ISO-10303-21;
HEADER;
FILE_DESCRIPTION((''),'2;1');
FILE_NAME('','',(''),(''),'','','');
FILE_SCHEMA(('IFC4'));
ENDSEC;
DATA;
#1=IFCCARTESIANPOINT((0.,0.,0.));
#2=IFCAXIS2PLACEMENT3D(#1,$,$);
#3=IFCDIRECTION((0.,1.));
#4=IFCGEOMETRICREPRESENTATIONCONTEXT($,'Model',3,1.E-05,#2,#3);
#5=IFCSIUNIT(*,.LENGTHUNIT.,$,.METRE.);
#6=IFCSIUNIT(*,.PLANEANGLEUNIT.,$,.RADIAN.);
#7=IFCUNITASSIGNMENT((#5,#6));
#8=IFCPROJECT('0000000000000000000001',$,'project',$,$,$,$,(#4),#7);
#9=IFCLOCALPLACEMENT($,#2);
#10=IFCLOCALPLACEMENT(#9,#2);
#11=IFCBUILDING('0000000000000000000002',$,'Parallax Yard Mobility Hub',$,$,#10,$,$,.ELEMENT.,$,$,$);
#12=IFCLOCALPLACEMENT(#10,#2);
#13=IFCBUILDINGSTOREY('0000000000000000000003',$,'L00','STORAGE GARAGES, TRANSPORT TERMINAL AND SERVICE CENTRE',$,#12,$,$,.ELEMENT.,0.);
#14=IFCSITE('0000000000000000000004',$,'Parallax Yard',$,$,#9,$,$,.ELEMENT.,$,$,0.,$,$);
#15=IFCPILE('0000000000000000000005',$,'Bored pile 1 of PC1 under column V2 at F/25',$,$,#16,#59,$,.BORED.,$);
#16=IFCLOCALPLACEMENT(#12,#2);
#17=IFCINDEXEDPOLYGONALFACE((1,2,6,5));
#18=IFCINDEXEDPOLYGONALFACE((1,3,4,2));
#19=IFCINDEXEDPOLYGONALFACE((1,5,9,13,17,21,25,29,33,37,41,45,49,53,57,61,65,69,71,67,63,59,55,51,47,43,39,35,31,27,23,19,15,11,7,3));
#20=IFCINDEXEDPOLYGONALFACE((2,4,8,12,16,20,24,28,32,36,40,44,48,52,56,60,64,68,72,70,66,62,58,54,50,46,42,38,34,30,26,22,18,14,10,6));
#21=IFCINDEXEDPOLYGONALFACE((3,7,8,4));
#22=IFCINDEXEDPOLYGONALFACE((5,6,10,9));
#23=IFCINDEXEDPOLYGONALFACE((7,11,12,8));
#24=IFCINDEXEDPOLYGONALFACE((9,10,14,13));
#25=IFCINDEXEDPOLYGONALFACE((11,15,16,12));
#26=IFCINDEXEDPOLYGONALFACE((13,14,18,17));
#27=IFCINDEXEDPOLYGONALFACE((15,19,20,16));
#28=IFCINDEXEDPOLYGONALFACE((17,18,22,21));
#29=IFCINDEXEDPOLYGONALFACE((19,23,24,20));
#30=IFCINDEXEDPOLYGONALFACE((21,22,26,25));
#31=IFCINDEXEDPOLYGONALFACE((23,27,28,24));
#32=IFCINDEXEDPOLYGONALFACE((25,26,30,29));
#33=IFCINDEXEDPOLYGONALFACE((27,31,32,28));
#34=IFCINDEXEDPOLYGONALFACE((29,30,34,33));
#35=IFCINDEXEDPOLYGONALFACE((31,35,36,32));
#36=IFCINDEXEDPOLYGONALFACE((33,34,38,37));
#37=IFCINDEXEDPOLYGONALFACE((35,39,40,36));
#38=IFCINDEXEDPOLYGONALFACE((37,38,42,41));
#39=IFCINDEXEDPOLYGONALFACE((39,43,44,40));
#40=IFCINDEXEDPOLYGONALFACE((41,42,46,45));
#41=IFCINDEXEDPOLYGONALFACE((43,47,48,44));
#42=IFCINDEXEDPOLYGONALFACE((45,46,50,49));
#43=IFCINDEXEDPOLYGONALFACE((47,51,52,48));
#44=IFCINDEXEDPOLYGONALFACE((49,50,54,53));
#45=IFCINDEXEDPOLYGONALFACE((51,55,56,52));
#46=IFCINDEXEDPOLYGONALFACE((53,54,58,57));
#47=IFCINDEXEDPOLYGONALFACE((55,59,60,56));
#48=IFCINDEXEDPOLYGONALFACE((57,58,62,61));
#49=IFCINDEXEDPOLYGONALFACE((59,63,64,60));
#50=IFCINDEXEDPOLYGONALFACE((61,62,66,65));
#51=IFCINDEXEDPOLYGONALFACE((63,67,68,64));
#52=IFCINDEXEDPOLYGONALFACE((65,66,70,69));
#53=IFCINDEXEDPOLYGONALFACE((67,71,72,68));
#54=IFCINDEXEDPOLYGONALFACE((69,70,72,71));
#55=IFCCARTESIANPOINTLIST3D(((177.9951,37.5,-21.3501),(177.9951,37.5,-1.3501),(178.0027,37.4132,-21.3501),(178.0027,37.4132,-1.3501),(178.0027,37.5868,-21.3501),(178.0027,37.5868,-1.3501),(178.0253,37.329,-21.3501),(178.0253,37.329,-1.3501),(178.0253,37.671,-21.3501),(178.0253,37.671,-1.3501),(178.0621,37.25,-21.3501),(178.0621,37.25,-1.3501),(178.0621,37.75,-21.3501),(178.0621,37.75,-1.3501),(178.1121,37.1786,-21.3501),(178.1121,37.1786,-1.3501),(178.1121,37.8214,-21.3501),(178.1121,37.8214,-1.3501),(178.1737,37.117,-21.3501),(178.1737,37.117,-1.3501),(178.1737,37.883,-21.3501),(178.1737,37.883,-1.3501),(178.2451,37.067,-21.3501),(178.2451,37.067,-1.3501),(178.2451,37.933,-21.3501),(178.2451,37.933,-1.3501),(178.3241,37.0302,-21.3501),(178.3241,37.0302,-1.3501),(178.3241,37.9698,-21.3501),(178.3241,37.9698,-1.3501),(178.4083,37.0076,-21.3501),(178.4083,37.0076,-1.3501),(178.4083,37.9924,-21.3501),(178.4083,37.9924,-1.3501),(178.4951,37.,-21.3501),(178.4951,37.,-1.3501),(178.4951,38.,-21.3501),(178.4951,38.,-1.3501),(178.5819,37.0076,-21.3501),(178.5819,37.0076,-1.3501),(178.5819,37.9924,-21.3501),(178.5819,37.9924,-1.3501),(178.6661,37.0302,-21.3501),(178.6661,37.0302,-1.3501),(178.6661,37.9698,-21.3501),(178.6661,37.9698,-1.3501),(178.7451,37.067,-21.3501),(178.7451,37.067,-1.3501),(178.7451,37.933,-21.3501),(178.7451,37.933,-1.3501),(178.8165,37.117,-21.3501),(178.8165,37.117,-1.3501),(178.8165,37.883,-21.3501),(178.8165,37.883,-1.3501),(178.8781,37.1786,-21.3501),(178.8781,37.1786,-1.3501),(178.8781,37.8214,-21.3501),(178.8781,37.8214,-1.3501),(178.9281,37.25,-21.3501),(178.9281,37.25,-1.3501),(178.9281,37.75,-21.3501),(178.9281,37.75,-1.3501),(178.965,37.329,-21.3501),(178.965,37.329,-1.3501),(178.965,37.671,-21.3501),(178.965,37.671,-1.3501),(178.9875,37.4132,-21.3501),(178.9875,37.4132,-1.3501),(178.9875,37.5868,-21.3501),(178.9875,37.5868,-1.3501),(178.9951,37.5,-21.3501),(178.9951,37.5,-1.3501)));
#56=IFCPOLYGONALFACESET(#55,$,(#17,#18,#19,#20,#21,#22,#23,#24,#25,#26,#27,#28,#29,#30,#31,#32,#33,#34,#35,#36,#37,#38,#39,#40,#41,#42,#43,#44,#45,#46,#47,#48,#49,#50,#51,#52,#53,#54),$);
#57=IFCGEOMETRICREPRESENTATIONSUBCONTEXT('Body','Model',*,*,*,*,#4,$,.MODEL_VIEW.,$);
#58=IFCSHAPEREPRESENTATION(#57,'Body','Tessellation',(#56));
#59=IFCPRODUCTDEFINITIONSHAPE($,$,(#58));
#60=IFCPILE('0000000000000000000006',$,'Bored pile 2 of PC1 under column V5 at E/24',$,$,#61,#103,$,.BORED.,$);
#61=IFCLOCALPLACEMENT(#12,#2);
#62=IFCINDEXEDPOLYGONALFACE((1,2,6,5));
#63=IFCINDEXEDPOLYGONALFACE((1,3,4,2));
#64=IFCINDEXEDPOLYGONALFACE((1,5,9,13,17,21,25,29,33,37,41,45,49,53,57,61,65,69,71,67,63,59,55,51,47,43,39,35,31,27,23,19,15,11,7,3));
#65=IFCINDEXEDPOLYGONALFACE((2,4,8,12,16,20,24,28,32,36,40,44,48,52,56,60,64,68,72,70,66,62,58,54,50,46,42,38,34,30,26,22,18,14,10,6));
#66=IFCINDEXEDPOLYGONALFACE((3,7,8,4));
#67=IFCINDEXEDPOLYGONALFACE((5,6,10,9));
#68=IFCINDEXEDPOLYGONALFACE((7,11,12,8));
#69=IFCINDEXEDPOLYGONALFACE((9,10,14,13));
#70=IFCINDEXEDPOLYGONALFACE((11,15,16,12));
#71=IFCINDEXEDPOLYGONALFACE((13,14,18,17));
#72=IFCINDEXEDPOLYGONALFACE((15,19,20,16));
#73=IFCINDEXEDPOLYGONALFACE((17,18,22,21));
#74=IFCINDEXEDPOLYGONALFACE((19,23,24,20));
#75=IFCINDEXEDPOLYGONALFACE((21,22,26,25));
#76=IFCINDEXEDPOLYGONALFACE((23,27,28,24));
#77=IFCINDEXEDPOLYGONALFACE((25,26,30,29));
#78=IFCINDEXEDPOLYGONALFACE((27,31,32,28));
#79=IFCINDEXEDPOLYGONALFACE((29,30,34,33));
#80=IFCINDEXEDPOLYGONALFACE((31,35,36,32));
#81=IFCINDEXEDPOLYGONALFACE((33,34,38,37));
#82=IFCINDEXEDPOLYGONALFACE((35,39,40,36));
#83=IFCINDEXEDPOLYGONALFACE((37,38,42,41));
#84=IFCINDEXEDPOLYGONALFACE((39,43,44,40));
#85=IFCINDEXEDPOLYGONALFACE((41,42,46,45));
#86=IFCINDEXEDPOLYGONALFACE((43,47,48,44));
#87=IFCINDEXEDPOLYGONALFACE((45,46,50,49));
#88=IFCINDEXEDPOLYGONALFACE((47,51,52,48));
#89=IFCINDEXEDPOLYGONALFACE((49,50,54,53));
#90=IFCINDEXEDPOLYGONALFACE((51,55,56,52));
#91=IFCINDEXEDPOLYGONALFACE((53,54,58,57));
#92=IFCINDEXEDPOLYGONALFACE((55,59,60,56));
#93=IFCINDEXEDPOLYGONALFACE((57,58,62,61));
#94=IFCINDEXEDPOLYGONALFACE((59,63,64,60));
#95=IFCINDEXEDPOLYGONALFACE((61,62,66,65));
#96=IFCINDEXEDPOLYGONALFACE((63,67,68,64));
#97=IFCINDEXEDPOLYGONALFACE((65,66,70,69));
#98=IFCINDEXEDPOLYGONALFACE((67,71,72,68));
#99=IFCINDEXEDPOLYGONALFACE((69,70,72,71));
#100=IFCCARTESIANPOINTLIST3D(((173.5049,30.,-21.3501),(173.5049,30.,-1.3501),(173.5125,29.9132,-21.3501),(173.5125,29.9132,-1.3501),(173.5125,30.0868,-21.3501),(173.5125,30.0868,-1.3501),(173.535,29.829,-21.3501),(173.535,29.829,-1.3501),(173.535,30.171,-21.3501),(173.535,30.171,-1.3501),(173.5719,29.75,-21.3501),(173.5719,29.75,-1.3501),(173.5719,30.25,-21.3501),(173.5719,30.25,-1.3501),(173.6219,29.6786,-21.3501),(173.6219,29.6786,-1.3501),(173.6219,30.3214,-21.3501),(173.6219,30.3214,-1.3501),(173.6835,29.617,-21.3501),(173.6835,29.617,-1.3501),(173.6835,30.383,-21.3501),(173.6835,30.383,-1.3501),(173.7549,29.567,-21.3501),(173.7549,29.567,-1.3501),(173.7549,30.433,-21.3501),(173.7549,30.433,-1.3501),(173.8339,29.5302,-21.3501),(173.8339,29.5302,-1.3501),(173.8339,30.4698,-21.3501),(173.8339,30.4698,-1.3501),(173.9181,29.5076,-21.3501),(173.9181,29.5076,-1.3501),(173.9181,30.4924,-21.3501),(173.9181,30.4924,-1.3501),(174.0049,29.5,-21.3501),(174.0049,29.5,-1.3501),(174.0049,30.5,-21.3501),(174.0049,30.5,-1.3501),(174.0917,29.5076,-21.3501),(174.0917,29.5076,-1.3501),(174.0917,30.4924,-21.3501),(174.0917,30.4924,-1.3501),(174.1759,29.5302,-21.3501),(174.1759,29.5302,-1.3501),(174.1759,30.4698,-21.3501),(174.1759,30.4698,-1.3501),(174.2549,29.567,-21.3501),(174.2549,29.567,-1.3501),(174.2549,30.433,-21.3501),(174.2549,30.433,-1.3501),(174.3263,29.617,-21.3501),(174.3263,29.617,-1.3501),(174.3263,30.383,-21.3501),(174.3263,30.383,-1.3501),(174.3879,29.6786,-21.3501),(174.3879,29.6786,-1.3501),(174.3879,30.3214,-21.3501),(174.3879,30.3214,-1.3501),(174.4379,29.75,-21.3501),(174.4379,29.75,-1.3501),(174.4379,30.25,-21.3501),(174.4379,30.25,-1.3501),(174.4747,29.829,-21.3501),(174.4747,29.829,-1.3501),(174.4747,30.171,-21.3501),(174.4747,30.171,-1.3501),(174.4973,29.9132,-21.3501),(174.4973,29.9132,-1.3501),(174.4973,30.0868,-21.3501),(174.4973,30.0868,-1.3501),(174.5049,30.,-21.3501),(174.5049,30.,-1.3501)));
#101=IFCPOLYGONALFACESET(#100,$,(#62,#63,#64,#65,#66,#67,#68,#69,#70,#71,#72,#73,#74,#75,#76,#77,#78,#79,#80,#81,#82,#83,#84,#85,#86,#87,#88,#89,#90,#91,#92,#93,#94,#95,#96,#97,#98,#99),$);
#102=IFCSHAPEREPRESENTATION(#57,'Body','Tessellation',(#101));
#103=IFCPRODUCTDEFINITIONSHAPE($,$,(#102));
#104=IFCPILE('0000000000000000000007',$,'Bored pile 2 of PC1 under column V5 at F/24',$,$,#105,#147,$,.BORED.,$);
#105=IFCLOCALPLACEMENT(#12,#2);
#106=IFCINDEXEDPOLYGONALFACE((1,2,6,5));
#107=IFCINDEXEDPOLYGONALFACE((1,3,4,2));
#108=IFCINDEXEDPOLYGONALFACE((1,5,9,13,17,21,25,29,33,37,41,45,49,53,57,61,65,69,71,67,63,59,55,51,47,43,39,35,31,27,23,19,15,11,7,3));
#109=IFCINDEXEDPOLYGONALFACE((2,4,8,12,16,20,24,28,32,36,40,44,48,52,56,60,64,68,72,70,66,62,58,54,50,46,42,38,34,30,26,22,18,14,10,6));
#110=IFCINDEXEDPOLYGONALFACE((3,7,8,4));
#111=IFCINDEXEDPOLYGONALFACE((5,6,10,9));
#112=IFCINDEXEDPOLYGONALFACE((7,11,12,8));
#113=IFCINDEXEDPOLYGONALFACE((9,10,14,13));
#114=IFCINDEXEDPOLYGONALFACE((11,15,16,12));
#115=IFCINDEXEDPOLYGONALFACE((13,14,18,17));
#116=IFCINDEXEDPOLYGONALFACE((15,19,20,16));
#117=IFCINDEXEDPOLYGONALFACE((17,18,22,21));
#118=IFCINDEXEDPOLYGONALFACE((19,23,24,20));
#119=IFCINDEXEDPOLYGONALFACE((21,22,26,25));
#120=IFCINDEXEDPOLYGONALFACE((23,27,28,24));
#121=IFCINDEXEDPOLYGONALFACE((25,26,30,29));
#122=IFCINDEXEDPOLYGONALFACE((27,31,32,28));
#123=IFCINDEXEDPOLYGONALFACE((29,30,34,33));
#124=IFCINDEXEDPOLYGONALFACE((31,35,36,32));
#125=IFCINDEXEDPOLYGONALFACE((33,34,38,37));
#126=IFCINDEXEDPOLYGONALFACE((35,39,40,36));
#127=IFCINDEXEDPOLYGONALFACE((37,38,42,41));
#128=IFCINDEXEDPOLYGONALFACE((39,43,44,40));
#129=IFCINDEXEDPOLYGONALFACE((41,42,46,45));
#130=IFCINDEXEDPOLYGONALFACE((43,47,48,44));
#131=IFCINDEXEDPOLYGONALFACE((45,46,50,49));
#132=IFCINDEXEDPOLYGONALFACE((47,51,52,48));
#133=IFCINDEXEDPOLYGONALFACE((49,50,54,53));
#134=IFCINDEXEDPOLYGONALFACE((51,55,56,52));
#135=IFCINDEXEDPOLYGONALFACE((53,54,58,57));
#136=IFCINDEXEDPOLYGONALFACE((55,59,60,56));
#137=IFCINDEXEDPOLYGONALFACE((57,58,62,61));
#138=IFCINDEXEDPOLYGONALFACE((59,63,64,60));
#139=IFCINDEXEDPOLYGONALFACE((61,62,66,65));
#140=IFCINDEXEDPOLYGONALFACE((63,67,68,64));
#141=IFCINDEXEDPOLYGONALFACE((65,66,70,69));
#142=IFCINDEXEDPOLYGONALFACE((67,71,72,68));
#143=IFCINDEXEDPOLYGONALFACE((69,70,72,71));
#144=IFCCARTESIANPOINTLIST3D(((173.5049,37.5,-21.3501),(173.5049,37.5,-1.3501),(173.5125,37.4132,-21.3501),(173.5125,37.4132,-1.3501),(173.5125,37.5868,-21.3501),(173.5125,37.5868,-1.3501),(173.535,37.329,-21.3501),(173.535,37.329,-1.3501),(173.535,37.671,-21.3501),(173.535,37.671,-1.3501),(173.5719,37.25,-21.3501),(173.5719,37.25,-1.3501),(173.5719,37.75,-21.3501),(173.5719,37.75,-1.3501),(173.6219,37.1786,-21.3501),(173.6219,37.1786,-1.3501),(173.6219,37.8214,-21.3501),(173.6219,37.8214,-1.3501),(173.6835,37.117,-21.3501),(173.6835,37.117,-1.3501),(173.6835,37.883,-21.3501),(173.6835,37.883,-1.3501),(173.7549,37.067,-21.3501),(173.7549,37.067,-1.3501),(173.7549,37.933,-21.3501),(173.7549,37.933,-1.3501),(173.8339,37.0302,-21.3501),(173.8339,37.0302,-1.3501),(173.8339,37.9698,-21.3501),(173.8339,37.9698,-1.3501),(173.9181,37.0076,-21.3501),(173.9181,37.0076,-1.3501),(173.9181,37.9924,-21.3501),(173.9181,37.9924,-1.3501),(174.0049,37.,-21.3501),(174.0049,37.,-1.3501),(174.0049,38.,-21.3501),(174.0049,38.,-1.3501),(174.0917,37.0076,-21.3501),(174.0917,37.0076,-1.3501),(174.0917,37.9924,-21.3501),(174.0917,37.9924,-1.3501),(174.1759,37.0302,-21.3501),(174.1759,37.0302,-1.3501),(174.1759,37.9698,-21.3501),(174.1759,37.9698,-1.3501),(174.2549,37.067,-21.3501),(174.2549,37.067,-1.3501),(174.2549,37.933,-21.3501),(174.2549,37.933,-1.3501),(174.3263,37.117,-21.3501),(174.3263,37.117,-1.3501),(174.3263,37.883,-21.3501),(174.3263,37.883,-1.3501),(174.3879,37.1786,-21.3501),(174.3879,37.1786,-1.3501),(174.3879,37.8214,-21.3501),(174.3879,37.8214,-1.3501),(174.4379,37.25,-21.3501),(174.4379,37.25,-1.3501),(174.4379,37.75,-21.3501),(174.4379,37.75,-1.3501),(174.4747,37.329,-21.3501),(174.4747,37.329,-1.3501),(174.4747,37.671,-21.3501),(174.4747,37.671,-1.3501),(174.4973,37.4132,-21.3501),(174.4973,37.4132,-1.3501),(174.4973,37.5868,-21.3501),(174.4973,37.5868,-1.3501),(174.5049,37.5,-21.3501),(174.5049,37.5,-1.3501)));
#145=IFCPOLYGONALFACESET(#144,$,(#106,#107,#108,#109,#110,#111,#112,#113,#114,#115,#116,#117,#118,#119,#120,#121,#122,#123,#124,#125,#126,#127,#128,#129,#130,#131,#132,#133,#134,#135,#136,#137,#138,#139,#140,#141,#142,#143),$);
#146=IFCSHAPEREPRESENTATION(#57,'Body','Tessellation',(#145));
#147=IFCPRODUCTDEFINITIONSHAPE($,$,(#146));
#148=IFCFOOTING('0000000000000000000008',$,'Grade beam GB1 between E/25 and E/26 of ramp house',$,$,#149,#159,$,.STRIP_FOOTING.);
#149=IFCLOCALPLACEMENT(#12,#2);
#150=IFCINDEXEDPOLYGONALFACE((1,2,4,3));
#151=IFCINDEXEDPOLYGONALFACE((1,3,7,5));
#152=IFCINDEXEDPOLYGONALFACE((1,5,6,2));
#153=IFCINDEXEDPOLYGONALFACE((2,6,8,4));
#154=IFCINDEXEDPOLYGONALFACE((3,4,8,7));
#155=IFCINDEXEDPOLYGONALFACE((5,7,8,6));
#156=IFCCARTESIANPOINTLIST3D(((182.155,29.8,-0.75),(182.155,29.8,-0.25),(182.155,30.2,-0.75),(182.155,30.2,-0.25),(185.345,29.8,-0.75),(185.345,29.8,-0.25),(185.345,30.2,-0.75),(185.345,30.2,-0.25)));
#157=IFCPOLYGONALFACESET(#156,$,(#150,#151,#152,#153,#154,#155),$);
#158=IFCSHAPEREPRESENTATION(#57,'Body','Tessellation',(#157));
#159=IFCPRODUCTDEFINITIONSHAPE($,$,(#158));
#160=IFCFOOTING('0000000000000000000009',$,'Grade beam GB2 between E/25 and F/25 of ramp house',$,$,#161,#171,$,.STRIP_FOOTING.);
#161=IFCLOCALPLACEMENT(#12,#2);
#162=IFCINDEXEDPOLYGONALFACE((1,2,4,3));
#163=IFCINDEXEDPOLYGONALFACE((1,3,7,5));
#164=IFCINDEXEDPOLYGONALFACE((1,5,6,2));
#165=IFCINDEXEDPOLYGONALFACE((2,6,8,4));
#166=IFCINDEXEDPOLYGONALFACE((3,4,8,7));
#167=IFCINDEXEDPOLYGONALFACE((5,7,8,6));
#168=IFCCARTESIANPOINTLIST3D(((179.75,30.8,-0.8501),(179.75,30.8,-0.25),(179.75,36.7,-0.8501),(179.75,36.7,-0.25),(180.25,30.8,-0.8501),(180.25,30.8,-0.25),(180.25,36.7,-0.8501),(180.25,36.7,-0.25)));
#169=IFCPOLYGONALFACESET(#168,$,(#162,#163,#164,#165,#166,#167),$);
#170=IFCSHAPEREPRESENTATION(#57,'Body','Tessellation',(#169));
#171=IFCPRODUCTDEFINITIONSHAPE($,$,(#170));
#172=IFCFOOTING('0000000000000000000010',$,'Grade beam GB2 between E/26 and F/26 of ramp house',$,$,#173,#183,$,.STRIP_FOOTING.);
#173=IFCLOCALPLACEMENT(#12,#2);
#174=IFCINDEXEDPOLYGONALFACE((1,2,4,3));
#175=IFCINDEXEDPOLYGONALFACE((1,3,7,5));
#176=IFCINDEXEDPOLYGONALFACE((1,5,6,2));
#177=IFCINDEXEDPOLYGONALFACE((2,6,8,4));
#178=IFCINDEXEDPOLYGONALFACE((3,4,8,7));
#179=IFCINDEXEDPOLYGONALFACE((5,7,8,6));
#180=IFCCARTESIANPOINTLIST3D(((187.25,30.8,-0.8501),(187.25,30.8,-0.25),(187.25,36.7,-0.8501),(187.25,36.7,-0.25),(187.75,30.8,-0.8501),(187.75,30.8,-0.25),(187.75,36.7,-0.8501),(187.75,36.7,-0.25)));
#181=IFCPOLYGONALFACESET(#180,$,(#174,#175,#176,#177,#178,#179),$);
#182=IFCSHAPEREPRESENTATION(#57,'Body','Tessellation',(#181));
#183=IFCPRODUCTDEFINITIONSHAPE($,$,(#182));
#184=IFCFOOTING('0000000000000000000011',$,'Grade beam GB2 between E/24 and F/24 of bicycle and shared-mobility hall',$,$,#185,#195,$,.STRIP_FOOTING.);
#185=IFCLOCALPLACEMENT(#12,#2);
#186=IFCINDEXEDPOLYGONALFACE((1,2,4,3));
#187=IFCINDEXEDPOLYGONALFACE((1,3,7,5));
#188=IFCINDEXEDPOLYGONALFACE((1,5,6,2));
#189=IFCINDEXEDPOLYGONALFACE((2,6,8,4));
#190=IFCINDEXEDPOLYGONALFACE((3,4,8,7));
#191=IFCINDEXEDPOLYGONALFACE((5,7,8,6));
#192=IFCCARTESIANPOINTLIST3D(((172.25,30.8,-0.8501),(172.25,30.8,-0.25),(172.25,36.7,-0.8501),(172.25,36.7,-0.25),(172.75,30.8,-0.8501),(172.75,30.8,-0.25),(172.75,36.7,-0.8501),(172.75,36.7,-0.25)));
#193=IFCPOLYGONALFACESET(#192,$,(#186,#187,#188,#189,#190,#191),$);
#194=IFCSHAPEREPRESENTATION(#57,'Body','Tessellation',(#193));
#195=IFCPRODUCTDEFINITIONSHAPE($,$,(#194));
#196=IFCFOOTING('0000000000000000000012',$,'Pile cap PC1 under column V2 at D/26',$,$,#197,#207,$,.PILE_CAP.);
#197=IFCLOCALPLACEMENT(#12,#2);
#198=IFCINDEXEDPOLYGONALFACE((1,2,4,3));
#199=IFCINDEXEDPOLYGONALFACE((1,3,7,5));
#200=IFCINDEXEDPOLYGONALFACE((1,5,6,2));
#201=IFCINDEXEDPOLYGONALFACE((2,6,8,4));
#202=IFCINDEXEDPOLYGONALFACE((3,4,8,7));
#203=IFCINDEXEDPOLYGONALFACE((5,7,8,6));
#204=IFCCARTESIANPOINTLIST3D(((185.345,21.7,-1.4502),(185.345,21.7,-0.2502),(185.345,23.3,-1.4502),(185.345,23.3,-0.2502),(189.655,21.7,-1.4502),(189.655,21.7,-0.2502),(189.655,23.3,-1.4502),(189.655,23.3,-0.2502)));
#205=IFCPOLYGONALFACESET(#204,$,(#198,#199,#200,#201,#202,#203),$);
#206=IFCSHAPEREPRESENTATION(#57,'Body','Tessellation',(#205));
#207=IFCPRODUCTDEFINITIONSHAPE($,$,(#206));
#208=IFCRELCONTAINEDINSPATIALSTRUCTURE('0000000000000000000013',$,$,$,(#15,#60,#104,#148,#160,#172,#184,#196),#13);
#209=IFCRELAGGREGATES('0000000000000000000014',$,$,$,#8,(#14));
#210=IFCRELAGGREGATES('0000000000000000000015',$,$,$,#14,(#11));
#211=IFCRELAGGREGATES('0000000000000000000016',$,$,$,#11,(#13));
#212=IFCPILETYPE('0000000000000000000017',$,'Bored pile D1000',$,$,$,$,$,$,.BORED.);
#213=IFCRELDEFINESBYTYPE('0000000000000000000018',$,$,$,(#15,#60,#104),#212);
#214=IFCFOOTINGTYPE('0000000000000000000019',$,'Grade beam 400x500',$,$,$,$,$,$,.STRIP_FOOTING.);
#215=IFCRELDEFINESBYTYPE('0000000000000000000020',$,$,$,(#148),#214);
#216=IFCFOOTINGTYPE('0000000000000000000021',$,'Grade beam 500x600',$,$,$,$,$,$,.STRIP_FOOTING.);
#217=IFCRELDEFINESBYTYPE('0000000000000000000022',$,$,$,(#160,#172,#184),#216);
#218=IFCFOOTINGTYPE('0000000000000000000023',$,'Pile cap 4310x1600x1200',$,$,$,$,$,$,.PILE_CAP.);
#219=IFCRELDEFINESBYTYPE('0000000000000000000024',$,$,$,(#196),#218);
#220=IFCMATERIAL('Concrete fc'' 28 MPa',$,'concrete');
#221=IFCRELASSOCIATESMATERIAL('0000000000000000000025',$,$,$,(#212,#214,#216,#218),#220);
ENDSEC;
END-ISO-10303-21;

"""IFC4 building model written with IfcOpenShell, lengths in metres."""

from ifc_helpers import new_model, si_unit, direction, frame, origin, origin_2d, place, context, subcontext, project, spatial, rectangle, circle, extrude, material, material_profile, profile_set, type_object, element, save


model = new_model("IFC4")

# Units and contexts
model_context = context("Model", 3, precision=1e-05, world=origin(), true_north=direction((0.0, 1.0)))
body_context = subcontext(model_context, "Body", "Model", "MODEL_VIEW")
ifc_project = project(units=[si_unit("LENGTHUNIT", "METRE"), si_unit("PLANEANGLEUNIT", "RADIAN")], contexts=[model_context])

# Site, building, storey
site_placement = place(None, origin())
site = spatial("IfcSite", under=ifc_project, at=site_placement, Name="Parallax Yard", CompositionType="ELEMENT", RefElevation=0.0)
building_placement = place(site_placement, origin())
building = spatial("IfcBuilding", under=site, at=building_placement, Name="Parallax Yard Mobility Hub", CompositionType="ELEMENT")
storey_placement = place(building_placement, origin())
storey = spatial("IfcBuildingStorey", under=building, at=storey_placement, Name="L00", Description="STORAGE GARAGES, TRANSPORT TERMINAL AND SERVICE CENTRE", CompositionType="ELEMENT", Elevation=0.0)

# Piles
ifc_material_1 = material(Name="Concrete fc' 28 MPa", Category="concrete")
ifc_material_profile_1 = material_profile(ifc_material_1, circle(Radius=0.5, at=origin_2d()), Name="Bored pile D1000")
ifc_profile_set_1 = profile_set([ifc_material_profile_1], Name="Concrete fc' 28 MPa")
pile_type = type_object("IfcPileType", Name="Bored pile D1000", PredefinedType="BORED", material=ifc_profile_set_1)
for number, where, z_axis, x_axis, name in (
    (1, (178.4951, 37.5, -1.3501), (0.0, 0.0, -1.0), (1.0, 0.0, 0.0), "Bored pile 1 of PC1 under column V2 at F/25"),
    (2, (174.0049, 30.0, -1.3501), (0.0, 0.0, -1.0), (1.0, 0.0, 0.0), "Bored pile 2 of PC1 under column V5 at E/24"),
    (3, (174.0049, 37.5, -1.3501), (0.0, 0.0, -1.0), (1.0, 0.0, 0.0), "Bored pile 2 of PC1 under column V5 at F/24"),
):
    element("IfcPile", number, at=place(storey_placement, frame(where, z_axis=z_axis, x_axis=x_axis)), inside=storey, type_object=pile_type, Name=name, PredefinedType="BORED", context=body_context, shape_type="SweptSolid", body=[
        extrude(circle(Radius=0.5, at=origin_2d()), origin(), (0.0, 0.0, 1.0), 20.0),
    ])

# Footings
ifc_material_profile_2 = material_profile(ifc_material_1, rectangle(XDim=0.3999, YDim=0.5, at=origin_2d()), Name="Grade beam 400x500")
ifc_profile_set_2 = profile_set([ifc_material_profile_2], Name="Concrete fc' 28 MPa")
footing_type_1 = type_object("IfcFootingType", Name="Grade beam 400x500", PredefinedType="STRIP_FOOTING", material=ifc_profile_set_2)
footing_placement = place(storey_placement, frame((182.155, 30.0, -0.5), z_axis=(1.0, 0.0, 0.0), x_axis=(0.0, 1.0, 0.0)))
element("IfcFooting", 4, at=footing_placement, inside=storey, type_object=footing_type_1, Name="Grade beam GB1 between E/25 and E/26 of ramp house", PredefinedType="STRIP_FOOTING", context=body_context, shape_type="SweptSolid", body=[
    extrude(rectangle(XDim=0.3999, YDim=0.5, at=origin_2d()), origin(), (0.0, 0.0, 1.0), 3.1899),
])
ifc_material_profile_3 = material_profile(ifc_material_1, rectangle(XDim=0.5, YDim=0.6001, at=origin_2d()), Name="Grade beam 500x600")
ifc_profile_set_3 = profile_set([ifc_material_profile_3], Name="Concrete fc' 28 MPa")
footing_type_2 = type_object("IfcFootingType", Name="Grade beam 500x600", PredefinedType="STRIP_FOOTING", material=ifc_profile_set_3)
for number, where, z_axis, x_axis, name in (
    (5, (180.0, 30.8, -0.55), (0.0, 1.0, 0.0), (-1.0, 0.0, 0.0), "Grade beam GB2 between E/25 and F/25 of ramp house"),
    (6, (187.5, 30.8, -0.55), (0.0, 1.0, 0.0), (-1.0, 0.0, 0.0), "Grade beam GB2 between E/26 and F/26 of ramp house"),
    (7, (172.5, 30.8, -0.55), (0.0, 1.0, 0.0), (-1.0, 0.0, 0.0), "Grade beam GB2 between E/24 and F/24 of bicycle and shared-mobility hall"),
):
    element("IfcFooting", number, at=place(storey_placement, frame(where, z_axis=z_axis, x_axis=x_axis)), inside=storey, type_object=footing_type_2, Name=name, PredefinedType="STRIP_FOOTING", context=body_context, shape_type="SweptSolid", body=[
        extrude(rectangle(XDim=0.5, YDim=0.6001, at=origin_2d()), origin(), (0.0, 0.0, 1.0), 5.8999),
    ])
footing_type_3 = type_object("IfcFootingType", Name="Pile cap 4310x1600x1200", PredefinedType="PILE_CAP", material=ifc_material_1)
for number, where, z_axis, x_axis, name in (
    (8, (187.5, 22.5, -1.4502), (0.0, 0.0, 1.0), (1.0, 0.0, 0.0), "Pile cap PC1 under column V2 at D/26"),
):
    element("IfcFooting", number, at=place(storey_placement, frame(where, z_axis=z_axis, x_axis=x_axis)), inside=storey, type_object=footing_type_3, Name=name, PredefinedType="PILE_CAP", context=body_context, shape_type="SweptSolid", body=[
        extrude(rectangle(XDim=4.3101, YDim=1.6001, at=origin_2d()), origin(), (0.0, 0.0, 1.0), 1.2),
    ])

save(model, "model.ifc")
